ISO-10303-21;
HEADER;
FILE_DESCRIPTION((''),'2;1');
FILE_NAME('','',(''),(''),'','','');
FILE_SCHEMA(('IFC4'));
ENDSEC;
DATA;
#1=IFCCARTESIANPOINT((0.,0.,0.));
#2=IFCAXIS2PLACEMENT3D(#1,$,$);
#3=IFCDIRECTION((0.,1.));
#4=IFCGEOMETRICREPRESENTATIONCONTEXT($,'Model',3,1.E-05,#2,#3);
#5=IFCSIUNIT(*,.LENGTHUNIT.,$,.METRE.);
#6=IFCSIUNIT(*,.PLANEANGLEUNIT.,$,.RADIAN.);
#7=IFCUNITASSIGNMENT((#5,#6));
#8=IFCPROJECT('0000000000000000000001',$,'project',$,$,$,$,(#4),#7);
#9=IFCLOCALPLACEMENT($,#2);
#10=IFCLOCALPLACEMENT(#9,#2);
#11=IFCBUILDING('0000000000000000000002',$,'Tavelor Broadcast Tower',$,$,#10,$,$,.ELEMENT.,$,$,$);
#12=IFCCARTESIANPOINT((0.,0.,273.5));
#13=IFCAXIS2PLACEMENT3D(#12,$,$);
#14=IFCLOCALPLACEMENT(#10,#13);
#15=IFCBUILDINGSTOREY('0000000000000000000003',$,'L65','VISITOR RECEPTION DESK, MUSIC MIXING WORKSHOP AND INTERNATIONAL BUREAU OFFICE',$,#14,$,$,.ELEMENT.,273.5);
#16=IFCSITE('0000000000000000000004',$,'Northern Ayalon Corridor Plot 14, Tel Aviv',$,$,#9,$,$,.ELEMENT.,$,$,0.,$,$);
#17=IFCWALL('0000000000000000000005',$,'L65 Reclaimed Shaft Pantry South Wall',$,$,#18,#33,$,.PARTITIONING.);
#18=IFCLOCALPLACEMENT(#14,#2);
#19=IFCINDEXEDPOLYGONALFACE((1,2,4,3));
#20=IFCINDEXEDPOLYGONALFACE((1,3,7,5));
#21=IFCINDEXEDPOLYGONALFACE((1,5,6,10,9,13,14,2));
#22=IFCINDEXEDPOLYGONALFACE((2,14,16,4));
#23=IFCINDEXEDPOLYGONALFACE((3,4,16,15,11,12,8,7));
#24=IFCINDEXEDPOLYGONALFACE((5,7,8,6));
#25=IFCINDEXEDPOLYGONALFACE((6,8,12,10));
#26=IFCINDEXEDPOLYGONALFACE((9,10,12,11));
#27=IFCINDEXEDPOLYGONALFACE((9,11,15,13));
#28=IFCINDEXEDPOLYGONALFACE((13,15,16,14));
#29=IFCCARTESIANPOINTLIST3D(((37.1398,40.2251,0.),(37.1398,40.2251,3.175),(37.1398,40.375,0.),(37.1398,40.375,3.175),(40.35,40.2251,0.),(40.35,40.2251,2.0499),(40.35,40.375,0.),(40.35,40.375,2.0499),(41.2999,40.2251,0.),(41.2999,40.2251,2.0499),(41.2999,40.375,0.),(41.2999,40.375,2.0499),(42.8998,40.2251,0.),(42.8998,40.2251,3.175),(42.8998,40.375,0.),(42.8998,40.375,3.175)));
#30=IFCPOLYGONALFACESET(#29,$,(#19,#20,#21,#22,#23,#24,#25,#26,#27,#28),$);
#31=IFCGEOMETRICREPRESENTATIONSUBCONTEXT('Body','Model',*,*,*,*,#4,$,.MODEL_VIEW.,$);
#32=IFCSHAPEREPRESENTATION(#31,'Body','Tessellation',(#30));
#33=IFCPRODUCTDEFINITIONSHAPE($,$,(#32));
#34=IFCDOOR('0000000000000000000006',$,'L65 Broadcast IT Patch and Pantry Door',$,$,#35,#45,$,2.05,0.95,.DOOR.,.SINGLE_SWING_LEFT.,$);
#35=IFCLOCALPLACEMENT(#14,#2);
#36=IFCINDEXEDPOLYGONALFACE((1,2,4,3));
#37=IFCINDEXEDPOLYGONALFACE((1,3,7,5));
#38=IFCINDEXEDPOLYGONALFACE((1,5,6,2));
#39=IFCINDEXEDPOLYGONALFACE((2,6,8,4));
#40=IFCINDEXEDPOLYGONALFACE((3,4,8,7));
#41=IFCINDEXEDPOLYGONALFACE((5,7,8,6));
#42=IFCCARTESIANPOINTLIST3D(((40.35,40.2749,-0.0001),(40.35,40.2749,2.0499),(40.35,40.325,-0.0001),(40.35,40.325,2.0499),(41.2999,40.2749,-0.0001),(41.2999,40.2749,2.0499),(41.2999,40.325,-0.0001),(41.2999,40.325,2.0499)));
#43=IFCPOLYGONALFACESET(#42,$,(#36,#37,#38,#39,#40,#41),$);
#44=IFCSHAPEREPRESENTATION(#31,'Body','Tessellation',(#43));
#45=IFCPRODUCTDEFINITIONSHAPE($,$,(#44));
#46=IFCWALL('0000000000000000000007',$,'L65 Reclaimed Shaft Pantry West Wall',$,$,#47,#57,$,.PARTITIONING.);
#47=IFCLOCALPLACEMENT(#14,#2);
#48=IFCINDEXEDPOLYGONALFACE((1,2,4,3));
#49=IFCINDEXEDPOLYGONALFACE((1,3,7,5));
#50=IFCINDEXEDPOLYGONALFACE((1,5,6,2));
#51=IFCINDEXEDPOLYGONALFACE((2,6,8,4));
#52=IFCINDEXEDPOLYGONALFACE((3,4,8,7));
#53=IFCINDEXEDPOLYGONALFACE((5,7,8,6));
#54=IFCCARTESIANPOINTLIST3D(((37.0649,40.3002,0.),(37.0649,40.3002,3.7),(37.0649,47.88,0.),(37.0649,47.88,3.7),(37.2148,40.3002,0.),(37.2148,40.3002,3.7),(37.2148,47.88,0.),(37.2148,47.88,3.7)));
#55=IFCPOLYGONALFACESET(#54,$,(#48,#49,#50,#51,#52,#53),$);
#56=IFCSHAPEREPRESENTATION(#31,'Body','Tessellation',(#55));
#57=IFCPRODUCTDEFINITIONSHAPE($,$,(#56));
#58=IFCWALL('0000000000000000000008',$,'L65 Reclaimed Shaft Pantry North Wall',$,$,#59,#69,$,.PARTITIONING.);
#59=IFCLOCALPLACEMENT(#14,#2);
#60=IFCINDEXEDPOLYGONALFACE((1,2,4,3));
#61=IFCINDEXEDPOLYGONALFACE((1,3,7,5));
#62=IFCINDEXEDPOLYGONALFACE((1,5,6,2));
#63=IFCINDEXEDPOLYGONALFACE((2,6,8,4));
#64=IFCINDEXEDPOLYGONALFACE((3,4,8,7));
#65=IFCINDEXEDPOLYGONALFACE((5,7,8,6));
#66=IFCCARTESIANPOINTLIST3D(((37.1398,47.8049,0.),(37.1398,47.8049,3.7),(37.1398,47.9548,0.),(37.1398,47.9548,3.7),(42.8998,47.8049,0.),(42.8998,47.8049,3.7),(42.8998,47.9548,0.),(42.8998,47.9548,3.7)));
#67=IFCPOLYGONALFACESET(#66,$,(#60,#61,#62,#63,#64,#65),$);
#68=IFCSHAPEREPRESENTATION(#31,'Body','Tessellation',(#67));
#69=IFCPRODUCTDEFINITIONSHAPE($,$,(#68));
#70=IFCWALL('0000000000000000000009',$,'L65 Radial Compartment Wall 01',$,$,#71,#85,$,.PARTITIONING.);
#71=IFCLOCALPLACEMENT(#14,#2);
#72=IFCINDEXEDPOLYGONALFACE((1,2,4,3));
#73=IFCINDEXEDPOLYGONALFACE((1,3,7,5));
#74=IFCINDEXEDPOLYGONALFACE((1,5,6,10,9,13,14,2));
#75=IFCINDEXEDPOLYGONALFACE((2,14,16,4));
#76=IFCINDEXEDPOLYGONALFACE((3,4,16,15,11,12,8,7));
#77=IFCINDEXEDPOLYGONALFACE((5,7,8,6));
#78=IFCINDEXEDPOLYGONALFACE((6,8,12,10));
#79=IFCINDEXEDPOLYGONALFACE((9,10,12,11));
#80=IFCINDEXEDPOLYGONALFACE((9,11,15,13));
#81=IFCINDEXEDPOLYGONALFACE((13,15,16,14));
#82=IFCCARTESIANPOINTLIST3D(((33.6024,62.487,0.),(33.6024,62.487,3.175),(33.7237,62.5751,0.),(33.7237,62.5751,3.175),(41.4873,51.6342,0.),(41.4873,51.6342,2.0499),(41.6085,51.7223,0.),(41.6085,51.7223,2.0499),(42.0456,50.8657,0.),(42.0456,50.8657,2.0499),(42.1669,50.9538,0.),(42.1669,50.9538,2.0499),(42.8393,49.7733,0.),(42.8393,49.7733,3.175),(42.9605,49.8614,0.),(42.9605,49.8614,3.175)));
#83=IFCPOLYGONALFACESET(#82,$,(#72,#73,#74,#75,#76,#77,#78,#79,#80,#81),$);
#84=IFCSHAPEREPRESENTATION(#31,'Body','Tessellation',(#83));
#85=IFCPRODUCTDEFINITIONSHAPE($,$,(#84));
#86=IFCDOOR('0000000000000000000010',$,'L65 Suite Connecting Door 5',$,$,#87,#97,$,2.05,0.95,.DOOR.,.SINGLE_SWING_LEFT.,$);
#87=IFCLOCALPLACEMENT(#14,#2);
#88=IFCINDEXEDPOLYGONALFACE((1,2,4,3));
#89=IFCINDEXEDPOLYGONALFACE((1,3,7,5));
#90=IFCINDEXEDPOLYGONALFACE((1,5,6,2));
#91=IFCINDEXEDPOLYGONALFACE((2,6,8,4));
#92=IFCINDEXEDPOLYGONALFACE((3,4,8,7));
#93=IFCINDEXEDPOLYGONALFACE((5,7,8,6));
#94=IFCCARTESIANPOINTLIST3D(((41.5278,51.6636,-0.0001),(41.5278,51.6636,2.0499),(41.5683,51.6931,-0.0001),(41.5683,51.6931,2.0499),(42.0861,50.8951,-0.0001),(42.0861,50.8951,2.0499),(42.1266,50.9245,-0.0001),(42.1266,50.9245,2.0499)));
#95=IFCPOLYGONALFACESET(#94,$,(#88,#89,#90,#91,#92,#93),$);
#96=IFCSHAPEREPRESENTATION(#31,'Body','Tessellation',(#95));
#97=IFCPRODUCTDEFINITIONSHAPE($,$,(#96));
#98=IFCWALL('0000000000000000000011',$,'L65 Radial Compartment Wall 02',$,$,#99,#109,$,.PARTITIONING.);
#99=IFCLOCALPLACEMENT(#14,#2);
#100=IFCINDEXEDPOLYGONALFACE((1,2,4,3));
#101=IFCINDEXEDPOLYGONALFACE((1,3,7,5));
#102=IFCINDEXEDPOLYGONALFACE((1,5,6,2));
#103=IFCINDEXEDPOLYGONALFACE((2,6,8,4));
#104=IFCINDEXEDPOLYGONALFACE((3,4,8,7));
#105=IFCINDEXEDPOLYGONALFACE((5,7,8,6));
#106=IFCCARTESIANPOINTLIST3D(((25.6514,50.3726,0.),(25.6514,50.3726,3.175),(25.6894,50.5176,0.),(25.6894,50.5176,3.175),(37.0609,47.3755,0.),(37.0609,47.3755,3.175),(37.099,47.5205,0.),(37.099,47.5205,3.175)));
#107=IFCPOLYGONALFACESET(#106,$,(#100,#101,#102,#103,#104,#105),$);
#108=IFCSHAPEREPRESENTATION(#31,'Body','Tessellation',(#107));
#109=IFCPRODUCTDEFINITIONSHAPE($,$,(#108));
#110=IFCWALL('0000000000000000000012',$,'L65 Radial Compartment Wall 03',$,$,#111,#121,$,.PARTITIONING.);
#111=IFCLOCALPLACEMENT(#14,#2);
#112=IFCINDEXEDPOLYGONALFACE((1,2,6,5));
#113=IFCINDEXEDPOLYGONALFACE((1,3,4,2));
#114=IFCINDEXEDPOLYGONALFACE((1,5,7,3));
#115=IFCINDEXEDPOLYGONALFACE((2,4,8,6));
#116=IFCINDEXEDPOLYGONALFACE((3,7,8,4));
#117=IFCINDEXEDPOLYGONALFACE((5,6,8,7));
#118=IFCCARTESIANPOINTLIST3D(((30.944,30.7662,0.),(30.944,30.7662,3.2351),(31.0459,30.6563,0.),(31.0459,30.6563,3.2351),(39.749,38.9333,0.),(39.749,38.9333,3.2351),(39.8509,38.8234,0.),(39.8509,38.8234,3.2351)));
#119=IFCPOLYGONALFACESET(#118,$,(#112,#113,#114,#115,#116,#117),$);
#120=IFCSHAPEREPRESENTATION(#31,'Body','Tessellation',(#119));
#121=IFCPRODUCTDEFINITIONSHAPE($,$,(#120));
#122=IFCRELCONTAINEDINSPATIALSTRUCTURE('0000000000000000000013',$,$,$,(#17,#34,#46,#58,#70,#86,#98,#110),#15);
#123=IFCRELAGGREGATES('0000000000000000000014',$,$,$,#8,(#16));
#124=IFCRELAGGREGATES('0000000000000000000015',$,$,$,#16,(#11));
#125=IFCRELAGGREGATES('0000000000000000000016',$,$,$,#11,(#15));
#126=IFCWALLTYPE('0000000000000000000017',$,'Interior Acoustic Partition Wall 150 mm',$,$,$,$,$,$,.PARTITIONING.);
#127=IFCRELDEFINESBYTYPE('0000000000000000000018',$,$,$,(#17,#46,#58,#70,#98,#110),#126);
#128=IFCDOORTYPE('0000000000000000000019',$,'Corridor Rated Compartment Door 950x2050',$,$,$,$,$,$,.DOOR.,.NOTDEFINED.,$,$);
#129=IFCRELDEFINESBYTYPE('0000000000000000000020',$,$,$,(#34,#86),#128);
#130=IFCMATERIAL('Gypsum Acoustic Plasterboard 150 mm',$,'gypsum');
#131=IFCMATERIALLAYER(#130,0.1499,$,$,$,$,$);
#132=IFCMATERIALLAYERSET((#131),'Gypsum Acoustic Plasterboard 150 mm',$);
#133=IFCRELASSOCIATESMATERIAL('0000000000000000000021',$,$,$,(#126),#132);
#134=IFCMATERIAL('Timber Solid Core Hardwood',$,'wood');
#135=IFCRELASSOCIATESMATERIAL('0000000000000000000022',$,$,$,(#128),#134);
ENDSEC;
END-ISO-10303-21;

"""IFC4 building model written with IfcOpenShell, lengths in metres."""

from ifc_helpers import new_model, si_unit, direction, frame, frame_2d, origin, place, context, subcontext, project, spatial, rectangle, extrude, material, layer, layer_set, type_object, element, fill, save


model = new_model("IFC4")

# Units and contexts
model_context = context("Model", 3, precision=1e-05, world=origin(), true_north=direction((0.0, 1.0)))
body_context = subcontext(model_context, "Body", "Model", "MODEL_VIEW")
ifc_project = project(units=[si_unit("LENGTHUNIT", "METRE"), si_unit("PLANEANGLEUNIT", "RADIAN")], contexts=[model_context])

# Site, building, storey
site_placement = place(None, origin())
site = spatial("IfcSite", under=ifc_project, at=site_placement, Name="Northern Ayalon Corridor Plot 14, Tel Aviv", CompositionType="ELEMENT", RefElevation=0.0)
building_placement = place(site_placement, origin())
building = spatial("IfcBuilding", under=site, at=building_placement, Name="Tavelor Broadcast Tower", CompositionType="ELEMENT")
storey_placement = place(building_placement, frame((0.0, 0.0, 273.5)))
storey = spatial("IfcBuildingStorey", under=building, at=storey_placement, Name="L65", Description="VISITOR RECEPTION DESK, MUSIC MIXING WORKSHOP AND INTERNATIONAL BUREAU OFFICE", CompositionType="ELEMENT", Elevation=273.5)

# Shared definitions
ifc_material_1 = material(Name="Gypsum Acoustic Plasterboard 150 mm", Category="gypsum")
ifc_layer_1 = layer(ifc_material_1, 0.1499)
ifc_layer_set_1 = layer_set([ifc_layer_1], Name="Gypsum Acoustic Plasterboard 150 mm")
wall_type_1 = type_object("IfcWallType", Name="Interior Acoustic Partition Wall 150 mm", PredefinedType="PARTITIONING", material=ifc_layer_set_1)

# Wall, opening, door
wall_1_placement = place(storey_placement, frame((37.1399, 40.3, 0.0), z_axis=(0.0, 0.0, 1.0), x_axis=(1.0, 0.0, 0.0)))
wall_1 = element("IfcWall", 1, at=wall_1_placement, inside=storey, type_object=wall_type_1, Name="L65 Reclaimed Shaft Pantry South Wall", PredefinedType="PARTITIONING", context=body_context, shape_type="SweptSolid", body=[
    extrude(rectangle(XDim=5.76, YDim=0.1499, at=frame_2d((2.8799, 0.0))), origin(), (0.0, 0.0, 1.0), 3.175),
])
opening_1_placement = place(wall_1_placement, frame((3.21, 0.0, 0.0)))
opening_1 = element("IfcOpeningElement", 2, at=opening_1_placement, cuts=wall_1, PredefinedType="OPENING", context=body_context, shape_type="SweptSolid", body=[
    extrude(rectangle(XDim=0.95, YDim=2.05, at=frame_2d((0.4751, 1.0249))), frame((0.0, 0.085, 0.0), z_axis=(0.0, -1.0, 0.0), x_axis=(1.0, 0.0, 0.0)), (0.0, 0.0, 1.0), 0.1699),
])
ifc_material_2 = material(Name="Timber Solid Core Hardwood", Category="wood")
door_type_1 = type_object("IfcDoorType", Name="Corridor Rated Compartment Door 950x2050", OperationType="NOTDEFINED", PredefinedType="DOOR", material=ifc_material_2)
door_1_placement = place(opening_1_placement, origin())
door_1 = element("IfcDoor", 3, at=door_1_placement, inside=storey, type_object=door_type_1, Name="L65 Broadcast IT Patch and Pantry Door", OperationType="SINGLE_SWING_LEFT", OverallHeight=2.05, OverallWidth=0.95, PredefinedType="DOOR", context=body_context, shape_type="SweptSolid", body=[
    extrude(rectangle(XDim=0.95, YDim=2.05, at=frame_2d((0.4751, 1.0249))), frame((0.0, 0.0249, 0.0), z_axis=(0.0, -1.0, 0.0), x_axis=(1.0, 0.0, 0.0)), (0.0, 0.0, 1.0), 0.05),
])
fill(opening_1, door_1)

# Walls
wall_2_placement = place(storey_placement, frame((37.1399, 40.3, 0.0), z_axis=(0.0, 0.0, 1.0), x_axis=(0.0, 1.0, 0.0)))
element("IfcWall", 4, at=wall_2_placement, inside=storey, type_object=wall_type_1, Name="L65 Reclaimed Shaft Pantry West Wall", PredefinedType="PARTITIONING", context=body_context, shape_type="SweptSolid", body=[
    extrude(rectangle(XDim=7.5798, YDim=0.1499, at=frame_2d((3.79, 0.0))), origin(), (0.0, 0.0, 1.0), 3.7),
])
wall_3_placement = place(storey_placement, frame((37.1399, 47.8799, 0.0), z_axis=(0.0, 0.0, 1.0), x_axis=(1.0, 0.0, 0.0)))
element("IfcWall", 5, at=wall_3_placement, inside=storey, type_object=wall_type_1, Name="L65 Reclaimed Shaft Pantry North Wall", PredefinedType="PARTITIONING", context=body_context, shape_type="SweptSolid", body=[
    extrude(rectangle(XDim=5.76, YDim=0.1499, at=frame_2d((2.8799, 0.0))), origin(), (0.0, 0.0, 1.0), 3.7),
])

# Wall, opening, door
wall_4_placement = place(storey_placement, frame((42.8999, 49.8174, 0.0), z_axis=(0.0, 0.0, 1.0), x_axis=(-0.587778, 0.809022, 0.0)))
wall_4 = element("IfcWall", 6, at=wall_4_placement, inside=storey, type_object=wall_type_1, Name="L65 Radial Compartment Wall 01", PredefinedType="PARTITIONING", context=body_context, shape_type="SweptSolid", body=[
    extrude(rectangle(XDim=15.7148, YDim=0.1499, at=frame_2d((7.8574, 0.0))), origin(), (0.0, 0.0, 1.0), 3.175),
])
opening_2_placement = place(wall_4_placement, frame((1.3501, 0.0, 0.0)))
opening_2 = element("IfcOpeningElement", 7, at=opening_2_placement, cuts=wall_4, PredefinedType="OPENING", context=body_context, shape_type="SweptSolid", body=[
    extrude(rectangle(XDim=0.95, YDim=2.05, at=frame_2d((0.4751, 1.0249))), frame((0.0, 0.085, 0.0), z_axis=(0.0, -1.0, 0.0), x_axis=(1.0, 0.0, 0.0)), (0.0, 0.0, 1.0), 0.1699),
])
door_2_placement = place(opening_2_placement, origin())
door_2 = element("IfcDoor", 8, at=door_2_placement, inside=storey, type_object=door_type_1, Name="L65 Suite Connecting Door 5", OperationType="SINGLE_SWING_LEFT", OverallHeight=2.05, OverallWidth=0.95, PredefinedType="DOOR", context=body_context, shape_type="SweptSolid", body=[
    extrude(rectangle(XDim=0.95, YDim=2.05, at=frame_2d((0.4751, 1.0249))), frame((0.0, 0.0249, 0.0), z_axis=(0.0, -1.0, 0.0), x_axis=(1.0, 0.0, 0.0)), (0.0, 0.0, 1.0), 0.05),
])
fill(opening_2, door_2)

# Walls
wall_5_placement = place(storey_placement, frame((37.0801, 47.448, 0.0), z_axis=(0.0, 0.0, 1.0), x_axis=(-0.967189, 0.254059, 0.0)))
element("IfcWall", 9, at=wall_5_placement, inside=storey, type_object=wall_type_1, Name="L65 Radial Compartment Wall 02", PredefinedType="PARTITIONING", context=body_context, shape_type="SweptSolid", body=[
    extrude(rectangle(XDim=11.7966, YDim=0.1499, at=frame_2d((5.8984, 0.0))), origin(), (0.0, 0.0, 1.0), 3.175),
])
wall_6_placement = place(storey_placement, frame((39.8, 38.8784, 0.0), z_axis=(0.0, 0.0, 1.0), x_axis=(-0.733168, -0.680048, 0.0)))
element("IfcWall", 10, at=wall_6_placement, inside=storey, type_object=wall_type_1, Name="L65 Radial Compartment Wall 03", PredefinedType="PARTITIONING", context=body_context, shape_type="SweptSolid", body=[
    extrude(rectangle(XDim=12.0095, YDim=0.1499, at=frame_2d((6.0049, 0.0))), origin(), (0.0, 0.0, 1.0), 3.2351),
])

save(model, "model.ifc")
